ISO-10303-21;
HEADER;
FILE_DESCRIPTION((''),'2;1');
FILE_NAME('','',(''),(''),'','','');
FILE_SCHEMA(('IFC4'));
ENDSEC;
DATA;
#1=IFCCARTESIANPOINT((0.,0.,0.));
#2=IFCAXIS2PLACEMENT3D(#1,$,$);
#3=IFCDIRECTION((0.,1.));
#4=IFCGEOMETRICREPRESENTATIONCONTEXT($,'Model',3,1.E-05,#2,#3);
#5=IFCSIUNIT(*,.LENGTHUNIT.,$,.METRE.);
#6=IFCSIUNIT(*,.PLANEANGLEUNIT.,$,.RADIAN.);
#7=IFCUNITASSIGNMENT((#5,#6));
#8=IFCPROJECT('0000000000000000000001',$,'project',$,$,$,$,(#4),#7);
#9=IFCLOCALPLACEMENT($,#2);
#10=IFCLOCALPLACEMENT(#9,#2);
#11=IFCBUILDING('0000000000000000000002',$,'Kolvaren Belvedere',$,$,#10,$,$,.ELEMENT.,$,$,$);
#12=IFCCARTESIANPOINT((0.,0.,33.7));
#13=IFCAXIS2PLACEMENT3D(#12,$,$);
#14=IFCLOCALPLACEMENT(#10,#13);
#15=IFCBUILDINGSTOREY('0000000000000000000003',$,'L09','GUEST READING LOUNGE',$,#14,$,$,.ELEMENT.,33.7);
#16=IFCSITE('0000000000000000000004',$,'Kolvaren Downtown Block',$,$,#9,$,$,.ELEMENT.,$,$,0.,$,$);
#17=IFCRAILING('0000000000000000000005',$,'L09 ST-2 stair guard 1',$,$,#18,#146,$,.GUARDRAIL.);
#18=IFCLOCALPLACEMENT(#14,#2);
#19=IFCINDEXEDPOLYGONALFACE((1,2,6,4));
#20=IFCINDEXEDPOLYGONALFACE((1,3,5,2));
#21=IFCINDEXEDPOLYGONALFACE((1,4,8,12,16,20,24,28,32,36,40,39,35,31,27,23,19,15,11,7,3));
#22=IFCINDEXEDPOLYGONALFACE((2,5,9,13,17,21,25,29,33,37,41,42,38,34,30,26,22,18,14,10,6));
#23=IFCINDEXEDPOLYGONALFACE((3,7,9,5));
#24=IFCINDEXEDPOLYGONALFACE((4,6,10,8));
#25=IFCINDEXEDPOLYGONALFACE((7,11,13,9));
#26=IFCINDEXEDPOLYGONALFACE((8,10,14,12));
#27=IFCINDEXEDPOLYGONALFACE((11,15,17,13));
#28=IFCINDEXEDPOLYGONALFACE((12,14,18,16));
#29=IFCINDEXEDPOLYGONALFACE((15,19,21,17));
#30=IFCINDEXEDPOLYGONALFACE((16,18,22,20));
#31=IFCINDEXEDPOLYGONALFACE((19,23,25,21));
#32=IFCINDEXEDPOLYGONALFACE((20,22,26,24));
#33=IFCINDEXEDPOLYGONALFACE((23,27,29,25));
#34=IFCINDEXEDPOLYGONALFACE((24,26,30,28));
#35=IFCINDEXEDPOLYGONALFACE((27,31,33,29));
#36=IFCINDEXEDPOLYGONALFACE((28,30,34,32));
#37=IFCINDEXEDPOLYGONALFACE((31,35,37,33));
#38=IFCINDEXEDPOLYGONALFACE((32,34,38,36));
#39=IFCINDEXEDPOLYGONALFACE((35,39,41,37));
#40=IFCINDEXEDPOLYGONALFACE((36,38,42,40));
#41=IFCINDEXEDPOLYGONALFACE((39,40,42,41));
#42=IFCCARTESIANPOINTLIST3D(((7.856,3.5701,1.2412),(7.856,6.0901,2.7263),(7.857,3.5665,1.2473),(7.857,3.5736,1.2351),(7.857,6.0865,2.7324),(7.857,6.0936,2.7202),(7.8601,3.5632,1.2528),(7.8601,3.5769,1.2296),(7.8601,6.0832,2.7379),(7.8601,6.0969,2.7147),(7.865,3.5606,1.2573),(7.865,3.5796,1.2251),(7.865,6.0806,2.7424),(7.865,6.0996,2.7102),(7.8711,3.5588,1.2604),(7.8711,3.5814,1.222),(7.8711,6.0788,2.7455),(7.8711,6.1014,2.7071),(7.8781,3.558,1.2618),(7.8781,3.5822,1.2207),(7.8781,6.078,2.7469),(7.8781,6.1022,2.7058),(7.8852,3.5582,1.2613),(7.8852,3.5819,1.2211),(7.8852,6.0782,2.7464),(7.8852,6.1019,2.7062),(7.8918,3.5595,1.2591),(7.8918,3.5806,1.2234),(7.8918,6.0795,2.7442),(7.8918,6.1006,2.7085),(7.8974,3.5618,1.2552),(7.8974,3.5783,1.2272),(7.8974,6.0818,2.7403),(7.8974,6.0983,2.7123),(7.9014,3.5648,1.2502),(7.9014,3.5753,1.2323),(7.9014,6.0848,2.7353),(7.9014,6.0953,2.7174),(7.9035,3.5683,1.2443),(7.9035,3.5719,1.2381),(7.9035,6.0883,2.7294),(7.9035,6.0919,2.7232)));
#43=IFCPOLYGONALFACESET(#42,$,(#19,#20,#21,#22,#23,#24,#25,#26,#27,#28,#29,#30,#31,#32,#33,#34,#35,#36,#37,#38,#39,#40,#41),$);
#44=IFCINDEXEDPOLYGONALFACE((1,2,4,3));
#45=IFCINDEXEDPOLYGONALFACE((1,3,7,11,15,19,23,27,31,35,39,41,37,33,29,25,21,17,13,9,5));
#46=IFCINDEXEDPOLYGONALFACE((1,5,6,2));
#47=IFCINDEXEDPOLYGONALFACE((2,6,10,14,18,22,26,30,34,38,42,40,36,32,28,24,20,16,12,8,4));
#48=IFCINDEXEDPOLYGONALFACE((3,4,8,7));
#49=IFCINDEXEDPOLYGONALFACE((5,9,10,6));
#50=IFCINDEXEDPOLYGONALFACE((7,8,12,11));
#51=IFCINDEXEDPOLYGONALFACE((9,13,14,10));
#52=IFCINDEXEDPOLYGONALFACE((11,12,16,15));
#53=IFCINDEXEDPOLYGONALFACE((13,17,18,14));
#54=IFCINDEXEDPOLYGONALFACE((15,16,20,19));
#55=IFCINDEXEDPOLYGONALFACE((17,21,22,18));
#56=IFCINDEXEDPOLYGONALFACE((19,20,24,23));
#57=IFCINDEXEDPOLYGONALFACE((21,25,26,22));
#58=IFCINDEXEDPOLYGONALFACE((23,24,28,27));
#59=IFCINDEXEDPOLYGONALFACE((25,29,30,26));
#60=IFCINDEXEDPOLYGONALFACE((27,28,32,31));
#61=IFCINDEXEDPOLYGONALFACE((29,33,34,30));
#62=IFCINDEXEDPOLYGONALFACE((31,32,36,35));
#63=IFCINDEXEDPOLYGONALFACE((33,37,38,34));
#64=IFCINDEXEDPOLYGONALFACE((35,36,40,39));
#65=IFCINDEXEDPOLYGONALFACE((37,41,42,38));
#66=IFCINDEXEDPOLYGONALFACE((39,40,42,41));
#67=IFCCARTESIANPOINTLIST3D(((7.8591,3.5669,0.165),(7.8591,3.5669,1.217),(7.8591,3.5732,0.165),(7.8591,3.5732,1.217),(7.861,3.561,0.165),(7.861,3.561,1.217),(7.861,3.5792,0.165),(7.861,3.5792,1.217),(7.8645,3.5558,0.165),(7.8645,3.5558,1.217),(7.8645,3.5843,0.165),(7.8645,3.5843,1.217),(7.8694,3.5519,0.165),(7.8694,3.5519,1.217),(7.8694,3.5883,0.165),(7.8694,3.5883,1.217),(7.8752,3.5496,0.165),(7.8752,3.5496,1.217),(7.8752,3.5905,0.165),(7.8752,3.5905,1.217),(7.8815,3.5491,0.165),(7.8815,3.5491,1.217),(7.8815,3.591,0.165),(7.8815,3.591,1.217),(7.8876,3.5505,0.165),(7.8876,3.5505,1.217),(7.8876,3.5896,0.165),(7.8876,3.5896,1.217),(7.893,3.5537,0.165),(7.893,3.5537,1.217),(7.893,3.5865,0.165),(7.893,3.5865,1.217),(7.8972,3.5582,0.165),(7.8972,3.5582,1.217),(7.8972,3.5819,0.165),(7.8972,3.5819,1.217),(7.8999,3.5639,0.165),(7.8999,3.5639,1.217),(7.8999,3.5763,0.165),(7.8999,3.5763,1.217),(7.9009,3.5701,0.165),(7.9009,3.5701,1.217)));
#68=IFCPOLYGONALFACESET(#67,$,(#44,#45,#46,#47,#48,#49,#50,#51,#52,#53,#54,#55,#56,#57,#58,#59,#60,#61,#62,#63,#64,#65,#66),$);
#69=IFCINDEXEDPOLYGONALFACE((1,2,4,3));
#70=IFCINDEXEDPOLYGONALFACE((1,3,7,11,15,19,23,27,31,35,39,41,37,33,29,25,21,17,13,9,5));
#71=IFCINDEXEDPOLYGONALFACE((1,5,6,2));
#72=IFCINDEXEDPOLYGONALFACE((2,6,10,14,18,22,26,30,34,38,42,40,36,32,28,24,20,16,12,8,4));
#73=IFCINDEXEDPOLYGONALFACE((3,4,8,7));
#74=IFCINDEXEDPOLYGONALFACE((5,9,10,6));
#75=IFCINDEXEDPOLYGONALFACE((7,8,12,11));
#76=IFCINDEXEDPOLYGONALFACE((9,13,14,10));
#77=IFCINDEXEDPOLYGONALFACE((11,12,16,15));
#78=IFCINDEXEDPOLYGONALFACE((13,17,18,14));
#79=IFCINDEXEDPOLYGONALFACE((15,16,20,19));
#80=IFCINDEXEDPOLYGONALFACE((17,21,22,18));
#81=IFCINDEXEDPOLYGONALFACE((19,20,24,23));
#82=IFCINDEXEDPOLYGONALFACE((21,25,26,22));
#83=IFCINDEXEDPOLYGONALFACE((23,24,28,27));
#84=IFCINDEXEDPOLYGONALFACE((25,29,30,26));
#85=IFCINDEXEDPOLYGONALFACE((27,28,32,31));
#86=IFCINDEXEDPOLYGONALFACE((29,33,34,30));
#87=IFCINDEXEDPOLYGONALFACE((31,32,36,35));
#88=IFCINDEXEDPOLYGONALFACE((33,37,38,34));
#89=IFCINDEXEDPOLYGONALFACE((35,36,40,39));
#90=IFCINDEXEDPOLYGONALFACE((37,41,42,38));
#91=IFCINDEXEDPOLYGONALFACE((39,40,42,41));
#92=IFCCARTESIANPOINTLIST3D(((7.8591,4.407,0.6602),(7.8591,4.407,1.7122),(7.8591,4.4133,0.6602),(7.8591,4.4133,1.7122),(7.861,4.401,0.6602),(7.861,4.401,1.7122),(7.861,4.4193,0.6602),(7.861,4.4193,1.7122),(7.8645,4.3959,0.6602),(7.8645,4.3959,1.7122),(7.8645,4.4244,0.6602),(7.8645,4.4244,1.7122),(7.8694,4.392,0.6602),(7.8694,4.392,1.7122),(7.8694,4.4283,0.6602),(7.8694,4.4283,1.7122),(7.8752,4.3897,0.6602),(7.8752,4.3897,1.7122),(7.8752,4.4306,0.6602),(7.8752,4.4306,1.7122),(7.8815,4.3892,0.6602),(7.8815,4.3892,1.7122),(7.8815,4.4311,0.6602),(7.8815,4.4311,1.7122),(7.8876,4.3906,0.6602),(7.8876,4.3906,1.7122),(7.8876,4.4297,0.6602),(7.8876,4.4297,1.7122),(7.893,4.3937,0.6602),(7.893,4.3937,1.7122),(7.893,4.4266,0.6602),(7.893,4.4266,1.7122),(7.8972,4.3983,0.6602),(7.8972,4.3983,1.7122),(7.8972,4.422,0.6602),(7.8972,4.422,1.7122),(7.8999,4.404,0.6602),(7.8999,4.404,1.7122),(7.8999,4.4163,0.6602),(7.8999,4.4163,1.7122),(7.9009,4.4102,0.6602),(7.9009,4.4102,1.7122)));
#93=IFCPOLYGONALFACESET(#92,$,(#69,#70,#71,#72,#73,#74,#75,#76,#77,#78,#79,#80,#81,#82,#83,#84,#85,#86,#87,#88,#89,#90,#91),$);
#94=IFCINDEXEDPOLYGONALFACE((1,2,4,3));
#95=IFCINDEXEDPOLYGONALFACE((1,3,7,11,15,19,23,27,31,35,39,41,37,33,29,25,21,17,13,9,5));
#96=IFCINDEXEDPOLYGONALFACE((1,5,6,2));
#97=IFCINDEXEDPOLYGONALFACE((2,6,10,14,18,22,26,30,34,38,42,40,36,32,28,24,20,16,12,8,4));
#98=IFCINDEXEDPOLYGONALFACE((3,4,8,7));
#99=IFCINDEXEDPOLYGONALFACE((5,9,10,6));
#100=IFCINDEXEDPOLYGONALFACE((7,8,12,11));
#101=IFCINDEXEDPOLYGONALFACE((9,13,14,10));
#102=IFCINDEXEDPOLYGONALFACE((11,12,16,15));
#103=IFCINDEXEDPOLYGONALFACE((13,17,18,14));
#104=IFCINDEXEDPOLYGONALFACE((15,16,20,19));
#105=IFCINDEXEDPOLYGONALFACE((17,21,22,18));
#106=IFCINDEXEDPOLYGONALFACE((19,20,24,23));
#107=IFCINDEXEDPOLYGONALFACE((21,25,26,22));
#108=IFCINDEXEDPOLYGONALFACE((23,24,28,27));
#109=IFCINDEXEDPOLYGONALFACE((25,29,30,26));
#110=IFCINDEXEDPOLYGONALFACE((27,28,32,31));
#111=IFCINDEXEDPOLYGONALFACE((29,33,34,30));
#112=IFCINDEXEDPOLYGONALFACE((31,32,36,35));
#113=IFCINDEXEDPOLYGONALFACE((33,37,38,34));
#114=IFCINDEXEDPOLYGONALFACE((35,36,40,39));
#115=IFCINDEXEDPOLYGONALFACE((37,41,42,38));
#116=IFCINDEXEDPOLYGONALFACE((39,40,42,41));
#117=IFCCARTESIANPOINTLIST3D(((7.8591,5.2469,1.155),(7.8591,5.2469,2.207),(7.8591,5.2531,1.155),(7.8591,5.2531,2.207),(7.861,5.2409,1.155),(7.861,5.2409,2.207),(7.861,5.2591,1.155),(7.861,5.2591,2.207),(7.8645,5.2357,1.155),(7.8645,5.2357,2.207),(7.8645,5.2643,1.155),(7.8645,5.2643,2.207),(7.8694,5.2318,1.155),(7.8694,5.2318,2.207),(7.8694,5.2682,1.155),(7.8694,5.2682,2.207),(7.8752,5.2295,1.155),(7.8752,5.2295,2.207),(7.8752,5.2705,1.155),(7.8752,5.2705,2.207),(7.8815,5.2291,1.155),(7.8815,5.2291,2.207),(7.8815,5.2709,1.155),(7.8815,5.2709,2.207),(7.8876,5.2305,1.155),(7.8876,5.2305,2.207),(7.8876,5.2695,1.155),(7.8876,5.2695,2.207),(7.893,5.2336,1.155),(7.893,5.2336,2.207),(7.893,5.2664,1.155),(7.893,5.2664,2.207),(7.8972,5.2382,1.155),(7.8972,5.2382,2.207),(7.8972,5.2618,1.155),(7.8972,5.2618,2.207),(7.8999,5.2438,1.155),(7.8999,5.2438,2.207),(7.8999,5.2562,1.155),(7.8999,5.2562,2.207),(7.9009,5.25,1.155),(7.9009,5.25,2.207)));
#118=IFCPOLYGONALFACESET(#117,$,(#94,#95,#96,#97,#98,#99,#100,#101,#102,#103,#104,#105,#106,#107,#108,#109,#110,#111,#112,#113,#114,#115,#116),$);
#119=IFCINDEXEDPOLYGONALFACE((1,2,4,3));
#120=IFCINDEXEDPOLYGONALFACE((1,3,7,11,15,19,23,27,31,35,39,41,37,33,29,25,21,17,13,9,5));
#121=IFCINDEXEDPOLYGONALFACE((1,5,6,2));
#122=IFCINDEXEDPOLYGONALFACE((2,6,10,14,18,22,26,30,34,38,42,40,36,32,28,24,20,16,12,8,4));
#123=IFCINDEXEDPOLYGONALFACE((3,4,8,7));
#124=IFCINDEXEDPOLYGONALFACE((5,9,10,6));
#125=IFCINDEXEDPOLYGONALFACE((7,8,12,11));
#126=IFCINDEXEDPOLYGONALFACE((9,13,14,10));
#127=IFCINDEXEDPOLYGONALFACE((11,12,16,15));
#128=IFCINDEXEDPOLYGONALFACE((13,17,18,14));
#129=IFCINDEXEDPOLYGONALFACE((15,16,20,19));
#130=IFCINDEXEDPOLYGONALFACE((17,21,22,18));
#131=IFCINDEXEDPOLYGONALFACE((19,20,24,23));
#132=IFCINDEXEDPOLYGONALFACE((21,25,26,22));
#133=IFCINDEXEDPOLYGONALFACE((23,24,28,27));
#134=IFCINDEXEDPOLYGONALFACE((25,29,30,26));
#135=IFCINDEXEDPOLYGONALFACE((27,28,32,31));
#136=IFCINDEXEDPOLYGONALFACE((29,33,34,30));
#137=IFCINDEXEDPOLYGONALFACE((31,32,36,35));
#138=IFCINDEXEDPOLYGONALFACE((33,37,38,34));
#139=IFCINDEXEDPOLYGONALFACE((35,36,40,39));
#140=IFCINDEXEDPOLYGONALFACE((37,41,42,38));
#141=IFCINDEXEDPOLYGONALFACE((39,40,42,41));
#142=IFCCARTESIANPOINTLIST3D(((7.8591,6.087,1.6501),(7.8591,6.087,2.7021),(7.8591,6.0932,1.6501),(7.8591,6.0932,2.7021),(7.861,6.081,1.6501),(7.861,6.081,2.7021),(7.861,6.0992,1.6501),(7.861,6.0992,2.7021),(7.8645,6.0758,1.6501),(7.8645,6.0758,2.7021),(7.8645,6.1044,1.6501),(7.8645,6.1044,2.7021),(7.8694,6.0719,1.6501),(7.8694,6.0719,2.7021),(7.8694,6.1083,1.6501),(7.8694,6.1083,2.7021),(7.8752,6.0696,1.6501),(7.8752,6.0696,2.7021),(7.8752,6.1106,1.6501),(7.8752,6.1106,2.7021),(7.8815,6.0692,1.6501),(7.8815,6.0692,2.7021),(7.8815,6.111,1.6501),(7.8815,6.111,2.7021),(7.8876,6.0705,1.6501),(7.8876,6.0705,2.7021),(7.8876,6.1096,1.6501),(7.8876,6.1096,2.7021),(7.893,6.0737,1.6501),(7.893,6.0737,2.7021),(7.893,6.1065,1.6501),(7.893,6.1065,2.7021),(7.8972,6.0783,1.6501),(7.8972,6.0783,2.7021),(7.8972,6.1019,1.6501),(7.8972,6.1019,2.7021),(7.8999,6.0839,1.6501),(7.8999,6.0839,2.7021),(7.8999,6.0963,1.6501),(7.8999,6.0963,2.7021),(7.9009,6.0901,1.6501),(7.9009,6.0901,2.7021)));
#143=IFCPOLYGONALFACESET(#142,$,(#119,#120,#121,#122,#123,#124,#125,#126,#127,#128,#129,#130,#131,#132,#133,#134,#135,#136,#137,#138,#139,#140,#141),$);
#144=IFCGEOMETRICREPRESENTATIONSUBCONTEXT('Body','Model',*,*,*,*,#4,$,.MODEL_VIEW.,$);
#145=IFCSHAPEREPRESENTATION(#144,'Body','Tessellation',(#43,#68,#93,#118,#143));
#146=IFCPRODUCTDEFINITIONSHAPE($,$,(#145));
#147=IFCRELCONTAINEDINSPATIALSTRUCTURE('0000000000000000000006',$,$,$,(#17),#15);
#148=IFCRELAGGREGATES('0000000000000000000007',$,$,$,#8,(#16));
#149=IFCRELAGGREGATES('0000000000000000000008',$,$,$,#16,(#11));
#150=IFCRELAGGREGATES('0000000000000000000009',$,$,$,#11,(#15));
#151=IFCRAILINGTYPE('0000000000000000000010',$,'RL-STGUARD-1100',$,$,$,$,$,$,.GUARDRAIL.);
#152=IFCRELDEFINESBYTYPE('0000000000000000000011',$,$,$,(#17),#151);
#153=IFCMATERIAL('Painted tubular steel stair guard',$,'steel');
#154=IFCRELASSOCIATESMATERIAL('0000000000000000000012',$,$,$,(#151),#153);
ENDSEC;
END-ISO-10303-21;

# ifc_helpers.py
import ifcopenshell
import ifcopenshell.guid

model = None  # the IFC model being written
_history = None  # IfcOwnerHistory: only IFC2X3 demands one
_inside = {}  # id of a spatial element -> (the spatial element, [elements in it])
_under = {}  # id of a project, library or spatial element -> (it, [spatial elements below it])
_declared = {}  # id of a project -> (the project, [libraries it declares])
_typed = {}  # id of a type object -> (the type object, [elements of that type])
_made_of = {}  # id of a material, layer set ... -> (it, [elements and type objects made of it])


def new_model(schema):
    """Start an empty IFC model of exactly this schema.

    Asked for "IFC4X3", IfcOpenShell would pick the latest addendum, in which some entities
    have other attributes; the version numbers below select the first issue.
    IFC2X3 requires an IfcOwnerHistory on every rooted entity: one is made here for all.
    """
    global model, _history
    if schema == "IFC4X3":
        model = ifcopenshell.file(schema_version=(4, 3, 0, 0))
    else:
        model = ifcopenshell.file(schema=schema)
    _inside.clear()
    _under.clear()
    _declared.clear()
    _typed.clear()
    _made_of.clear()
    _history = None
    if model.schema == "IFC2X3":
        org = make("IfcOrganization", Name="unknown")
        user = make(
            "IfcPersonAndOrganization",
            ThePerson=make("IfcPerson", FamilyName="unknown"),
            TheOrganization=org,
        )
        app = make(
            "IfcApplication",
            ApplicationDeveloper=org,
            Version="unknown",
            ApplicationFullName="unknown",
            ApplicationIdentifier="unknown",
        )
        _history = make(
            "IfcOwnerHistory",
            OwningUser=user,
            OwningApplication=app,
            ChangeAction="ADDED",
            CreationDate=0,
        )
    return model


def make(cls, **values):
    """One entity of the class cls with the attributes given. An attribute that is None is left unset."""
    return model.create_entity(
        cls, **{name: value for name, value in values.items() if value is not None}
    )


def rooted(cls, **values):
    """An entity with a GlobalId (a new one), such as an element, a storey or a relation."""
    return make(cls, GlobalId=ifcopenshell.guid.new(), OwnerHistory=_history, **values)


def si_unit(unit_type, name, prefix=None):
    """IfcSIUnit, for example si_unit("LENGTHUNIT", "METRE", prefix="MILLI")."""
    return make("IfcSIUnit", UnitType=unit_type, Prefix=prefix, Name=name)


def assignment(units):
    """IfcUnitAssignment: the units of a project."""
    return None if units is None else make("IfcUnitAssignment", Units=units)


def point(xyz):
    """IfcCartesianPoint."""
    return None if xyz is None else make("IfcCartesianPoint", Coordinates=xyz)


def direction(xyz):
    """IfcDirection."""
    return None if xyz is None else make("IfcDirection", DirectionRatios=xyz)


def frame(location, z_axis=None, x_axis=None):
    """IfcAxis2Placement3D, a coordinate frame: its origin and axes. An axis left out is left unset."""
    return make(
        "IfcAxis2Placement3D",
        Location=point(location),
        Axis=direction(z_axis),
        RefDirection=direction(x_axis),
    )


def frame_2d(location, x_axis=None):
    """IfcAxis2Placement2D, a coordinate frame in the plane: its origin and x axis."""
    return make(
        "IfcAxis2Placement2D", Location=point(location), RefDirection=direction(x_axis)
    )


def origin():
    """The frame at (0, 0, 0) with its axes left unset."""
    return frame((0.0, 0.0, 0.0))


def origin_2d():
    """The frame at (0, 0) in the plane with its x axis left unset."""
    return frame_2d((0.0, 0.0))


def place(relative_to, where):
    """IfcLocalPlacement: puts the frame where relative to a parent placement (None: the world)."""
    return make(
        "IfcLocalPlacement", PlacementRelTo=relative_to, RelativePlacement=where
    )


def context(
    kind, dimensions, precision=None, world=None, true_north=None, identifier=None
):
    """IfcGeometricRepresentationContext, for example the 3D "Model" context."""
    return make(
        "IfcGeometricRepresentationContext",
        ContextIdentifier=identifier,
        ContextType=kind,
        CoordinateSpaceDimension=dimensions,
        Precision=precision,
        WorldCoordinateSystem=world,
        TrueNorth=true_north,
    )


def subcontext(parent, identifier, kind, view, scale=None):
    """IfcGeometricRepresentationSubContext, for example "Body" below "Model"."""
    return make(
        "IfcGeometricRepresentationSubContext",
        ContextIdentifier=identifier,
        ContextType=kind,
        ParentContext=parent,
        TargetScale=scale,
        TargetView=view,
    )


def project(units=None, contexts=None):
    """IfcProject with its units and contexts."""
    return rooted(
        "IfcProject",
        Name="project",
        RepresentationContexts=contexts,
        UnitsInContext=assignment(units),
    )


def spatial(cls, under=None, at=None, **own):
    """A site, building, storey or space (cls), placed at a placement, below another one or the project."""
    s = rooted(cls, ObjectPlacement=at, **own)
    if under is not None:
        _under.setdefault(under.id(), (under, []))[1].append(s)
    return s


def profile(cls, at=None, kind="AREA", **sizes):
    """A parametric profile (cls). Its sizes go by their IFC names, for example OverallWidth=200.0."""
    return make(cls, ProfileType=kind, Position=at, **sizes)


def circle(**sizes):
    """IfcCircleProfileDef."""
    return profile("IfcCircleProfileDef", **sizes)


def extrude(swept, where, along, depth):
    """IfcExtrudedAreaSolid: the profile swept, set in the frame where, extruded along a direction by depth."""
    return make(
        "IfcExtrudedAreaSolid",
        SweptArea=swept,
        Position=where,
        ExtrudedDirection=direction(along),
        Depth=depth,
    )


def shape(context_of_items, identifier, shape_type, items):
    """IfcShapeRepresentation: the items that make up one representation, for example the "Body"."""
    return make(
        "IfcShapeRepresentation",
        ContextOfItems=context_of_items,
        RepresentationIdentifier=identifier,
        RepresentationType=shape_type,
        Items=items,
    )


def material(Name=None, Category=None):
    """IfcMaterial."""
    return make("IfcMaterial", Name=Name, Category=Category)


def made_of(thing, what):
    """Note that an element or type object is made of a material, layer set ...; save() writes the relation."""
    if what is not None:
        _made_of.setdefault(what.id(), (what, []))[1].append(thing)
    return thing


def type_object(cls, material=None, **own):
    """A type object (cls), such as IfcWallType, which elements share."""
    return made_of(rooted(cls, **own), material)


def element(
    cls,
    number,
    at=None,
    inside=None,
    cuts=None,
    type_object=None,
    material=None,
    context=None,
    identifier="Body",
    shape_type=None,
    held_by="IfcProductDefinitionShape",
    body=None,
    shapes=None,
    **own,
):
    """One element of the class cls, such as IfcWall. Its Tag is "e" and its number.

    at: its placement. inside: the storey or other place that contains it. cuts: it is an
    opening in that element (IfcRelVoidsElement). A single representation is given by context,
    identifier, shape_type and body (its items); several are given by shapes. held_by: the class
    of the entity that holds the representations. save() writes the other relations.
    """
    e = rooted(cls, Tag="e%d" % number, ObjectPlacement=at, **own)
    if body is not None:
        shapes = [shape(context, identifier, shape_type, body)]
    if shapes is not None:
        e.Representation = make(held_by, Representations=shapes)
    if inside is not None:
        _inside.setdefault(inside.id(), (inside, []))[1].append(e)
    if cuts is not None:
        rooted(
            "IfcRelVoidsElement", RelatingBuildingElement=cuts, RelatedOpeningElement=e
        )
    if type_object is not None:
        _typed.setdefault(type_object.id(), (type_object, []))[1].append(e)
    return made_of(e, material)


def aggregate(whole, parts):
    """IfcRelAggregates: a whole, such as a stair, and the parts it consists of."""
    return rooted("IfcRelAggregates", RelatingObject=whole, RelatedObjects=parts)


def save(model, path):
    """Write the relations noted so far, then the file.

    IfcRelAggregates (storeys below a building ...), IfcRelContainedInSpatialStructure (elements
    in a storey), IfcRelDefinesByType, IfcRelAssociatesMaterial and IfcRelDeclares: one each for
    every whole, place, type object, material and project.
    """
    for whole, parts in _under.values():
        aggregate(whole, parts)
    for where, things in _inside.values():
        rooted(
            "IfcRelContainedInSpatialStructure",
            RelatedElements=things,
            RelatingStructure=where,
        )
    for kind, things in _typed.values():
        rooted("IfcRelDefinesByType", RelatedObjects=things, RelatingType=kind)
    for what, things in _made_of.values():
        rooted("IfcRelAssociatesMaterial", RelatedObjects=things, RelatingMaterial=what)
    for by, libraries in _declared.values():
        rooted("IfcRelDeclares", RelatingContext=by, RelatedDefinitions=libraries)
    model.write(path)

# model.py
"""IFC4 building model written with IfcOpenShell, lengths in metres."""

from ifc_helpers import new_model, si_unit, direction, frame, origin, origin_2d, place, context, subcontext, project, spatial, circle, extrude, material, type_object, element, save


model = new_model("IFC4")

# Units and contexts
model_context = context("Model", 3, precision=1e-05, world=origin(), true_north=direction((0.0, 1.0)))
body_context = subcontext(model_context, "Body", "Model", "MODEL_VIEW")
ifc_project = project(units=[si_unit("LENGTHUNIT", "METRE"), si_unit("PLANEANGLEUNIT", "RADIAN")], contexts=[model_context])

# Site, building, storey
site_placement = place(None, origin())
site = spatial("IfcSite", under=ifc_project, at=site_placement, Name="Kolvaren Downtown Block", CompositionType="ELEMENT", RefElevation=0.0)
building_placement = place(site_placement, origin())
building = spatial("IfcBuilding", under=site, at=building_placement, Name="Kolvaren Belvedere", CompositionType="ELEMENT")
storey_placement = place(building_placement, frame((0.0, 0.0, 33.7)))
storey = spatial("IfcBuildingStorey", under=building, at=storey_placement, Name="L09", Description="GUEST READING LOUNGE", CompositionType="ELEMENT", Elevation=33.7)

# Railing
ifc_material_1 = material(Name="Painted tubular steel stair guard", Category="steel")
railing_type_1 = type_object("IfcRailingType", Name="RL-STGUARD-1100", PredefinedType="GUARDRAIL", material=ifc_material_1)
railing_1_placement = place(storey_placement, frame((7.8799, 3.5701, 0.165)))
element("IfcRailing", 1, at=railing_1_placement, inside=storey, type_object=railing_type_1, Name="L09 ST-2 stair guard 1", PredefinedType="GUARDRAIL", context=body_context, shape_type="SweptSolid", body=[
    extrude(circle(Radius=0.0239, at=origin_2d()), frame((0.0, 0.0, 1.0762), z_axis=(0.0, 0.861524, 0.507717), x_axis=(-1.0, 0.0, 0.0)), (0.0, 0.0, 1.0), 2.925),
    extrude(circle(Radius=0.021, at=origin_2d()), origin(), (0.0, 0.0, 1.0), 1.052),
    extrude(circle(Radius=0.021, at=origin_2d()), frame((0.0, 0.8401, 0.4951)), (0.0, 0.0, 1.0), 1.052),
    extrude(circle(Radius=0.021, at=origin_2d()), frame((0.0, 1.6799, 0.99)), (0.0, 0.0, 1.0), 1.052),
    extrude(circle(Radius=0.021, at=origin_2d()), frame((0.0, 2.52, 1.4851)), (0.0, 0.0, 1.0), 1.052),
])

save(model, "model.ifc")
